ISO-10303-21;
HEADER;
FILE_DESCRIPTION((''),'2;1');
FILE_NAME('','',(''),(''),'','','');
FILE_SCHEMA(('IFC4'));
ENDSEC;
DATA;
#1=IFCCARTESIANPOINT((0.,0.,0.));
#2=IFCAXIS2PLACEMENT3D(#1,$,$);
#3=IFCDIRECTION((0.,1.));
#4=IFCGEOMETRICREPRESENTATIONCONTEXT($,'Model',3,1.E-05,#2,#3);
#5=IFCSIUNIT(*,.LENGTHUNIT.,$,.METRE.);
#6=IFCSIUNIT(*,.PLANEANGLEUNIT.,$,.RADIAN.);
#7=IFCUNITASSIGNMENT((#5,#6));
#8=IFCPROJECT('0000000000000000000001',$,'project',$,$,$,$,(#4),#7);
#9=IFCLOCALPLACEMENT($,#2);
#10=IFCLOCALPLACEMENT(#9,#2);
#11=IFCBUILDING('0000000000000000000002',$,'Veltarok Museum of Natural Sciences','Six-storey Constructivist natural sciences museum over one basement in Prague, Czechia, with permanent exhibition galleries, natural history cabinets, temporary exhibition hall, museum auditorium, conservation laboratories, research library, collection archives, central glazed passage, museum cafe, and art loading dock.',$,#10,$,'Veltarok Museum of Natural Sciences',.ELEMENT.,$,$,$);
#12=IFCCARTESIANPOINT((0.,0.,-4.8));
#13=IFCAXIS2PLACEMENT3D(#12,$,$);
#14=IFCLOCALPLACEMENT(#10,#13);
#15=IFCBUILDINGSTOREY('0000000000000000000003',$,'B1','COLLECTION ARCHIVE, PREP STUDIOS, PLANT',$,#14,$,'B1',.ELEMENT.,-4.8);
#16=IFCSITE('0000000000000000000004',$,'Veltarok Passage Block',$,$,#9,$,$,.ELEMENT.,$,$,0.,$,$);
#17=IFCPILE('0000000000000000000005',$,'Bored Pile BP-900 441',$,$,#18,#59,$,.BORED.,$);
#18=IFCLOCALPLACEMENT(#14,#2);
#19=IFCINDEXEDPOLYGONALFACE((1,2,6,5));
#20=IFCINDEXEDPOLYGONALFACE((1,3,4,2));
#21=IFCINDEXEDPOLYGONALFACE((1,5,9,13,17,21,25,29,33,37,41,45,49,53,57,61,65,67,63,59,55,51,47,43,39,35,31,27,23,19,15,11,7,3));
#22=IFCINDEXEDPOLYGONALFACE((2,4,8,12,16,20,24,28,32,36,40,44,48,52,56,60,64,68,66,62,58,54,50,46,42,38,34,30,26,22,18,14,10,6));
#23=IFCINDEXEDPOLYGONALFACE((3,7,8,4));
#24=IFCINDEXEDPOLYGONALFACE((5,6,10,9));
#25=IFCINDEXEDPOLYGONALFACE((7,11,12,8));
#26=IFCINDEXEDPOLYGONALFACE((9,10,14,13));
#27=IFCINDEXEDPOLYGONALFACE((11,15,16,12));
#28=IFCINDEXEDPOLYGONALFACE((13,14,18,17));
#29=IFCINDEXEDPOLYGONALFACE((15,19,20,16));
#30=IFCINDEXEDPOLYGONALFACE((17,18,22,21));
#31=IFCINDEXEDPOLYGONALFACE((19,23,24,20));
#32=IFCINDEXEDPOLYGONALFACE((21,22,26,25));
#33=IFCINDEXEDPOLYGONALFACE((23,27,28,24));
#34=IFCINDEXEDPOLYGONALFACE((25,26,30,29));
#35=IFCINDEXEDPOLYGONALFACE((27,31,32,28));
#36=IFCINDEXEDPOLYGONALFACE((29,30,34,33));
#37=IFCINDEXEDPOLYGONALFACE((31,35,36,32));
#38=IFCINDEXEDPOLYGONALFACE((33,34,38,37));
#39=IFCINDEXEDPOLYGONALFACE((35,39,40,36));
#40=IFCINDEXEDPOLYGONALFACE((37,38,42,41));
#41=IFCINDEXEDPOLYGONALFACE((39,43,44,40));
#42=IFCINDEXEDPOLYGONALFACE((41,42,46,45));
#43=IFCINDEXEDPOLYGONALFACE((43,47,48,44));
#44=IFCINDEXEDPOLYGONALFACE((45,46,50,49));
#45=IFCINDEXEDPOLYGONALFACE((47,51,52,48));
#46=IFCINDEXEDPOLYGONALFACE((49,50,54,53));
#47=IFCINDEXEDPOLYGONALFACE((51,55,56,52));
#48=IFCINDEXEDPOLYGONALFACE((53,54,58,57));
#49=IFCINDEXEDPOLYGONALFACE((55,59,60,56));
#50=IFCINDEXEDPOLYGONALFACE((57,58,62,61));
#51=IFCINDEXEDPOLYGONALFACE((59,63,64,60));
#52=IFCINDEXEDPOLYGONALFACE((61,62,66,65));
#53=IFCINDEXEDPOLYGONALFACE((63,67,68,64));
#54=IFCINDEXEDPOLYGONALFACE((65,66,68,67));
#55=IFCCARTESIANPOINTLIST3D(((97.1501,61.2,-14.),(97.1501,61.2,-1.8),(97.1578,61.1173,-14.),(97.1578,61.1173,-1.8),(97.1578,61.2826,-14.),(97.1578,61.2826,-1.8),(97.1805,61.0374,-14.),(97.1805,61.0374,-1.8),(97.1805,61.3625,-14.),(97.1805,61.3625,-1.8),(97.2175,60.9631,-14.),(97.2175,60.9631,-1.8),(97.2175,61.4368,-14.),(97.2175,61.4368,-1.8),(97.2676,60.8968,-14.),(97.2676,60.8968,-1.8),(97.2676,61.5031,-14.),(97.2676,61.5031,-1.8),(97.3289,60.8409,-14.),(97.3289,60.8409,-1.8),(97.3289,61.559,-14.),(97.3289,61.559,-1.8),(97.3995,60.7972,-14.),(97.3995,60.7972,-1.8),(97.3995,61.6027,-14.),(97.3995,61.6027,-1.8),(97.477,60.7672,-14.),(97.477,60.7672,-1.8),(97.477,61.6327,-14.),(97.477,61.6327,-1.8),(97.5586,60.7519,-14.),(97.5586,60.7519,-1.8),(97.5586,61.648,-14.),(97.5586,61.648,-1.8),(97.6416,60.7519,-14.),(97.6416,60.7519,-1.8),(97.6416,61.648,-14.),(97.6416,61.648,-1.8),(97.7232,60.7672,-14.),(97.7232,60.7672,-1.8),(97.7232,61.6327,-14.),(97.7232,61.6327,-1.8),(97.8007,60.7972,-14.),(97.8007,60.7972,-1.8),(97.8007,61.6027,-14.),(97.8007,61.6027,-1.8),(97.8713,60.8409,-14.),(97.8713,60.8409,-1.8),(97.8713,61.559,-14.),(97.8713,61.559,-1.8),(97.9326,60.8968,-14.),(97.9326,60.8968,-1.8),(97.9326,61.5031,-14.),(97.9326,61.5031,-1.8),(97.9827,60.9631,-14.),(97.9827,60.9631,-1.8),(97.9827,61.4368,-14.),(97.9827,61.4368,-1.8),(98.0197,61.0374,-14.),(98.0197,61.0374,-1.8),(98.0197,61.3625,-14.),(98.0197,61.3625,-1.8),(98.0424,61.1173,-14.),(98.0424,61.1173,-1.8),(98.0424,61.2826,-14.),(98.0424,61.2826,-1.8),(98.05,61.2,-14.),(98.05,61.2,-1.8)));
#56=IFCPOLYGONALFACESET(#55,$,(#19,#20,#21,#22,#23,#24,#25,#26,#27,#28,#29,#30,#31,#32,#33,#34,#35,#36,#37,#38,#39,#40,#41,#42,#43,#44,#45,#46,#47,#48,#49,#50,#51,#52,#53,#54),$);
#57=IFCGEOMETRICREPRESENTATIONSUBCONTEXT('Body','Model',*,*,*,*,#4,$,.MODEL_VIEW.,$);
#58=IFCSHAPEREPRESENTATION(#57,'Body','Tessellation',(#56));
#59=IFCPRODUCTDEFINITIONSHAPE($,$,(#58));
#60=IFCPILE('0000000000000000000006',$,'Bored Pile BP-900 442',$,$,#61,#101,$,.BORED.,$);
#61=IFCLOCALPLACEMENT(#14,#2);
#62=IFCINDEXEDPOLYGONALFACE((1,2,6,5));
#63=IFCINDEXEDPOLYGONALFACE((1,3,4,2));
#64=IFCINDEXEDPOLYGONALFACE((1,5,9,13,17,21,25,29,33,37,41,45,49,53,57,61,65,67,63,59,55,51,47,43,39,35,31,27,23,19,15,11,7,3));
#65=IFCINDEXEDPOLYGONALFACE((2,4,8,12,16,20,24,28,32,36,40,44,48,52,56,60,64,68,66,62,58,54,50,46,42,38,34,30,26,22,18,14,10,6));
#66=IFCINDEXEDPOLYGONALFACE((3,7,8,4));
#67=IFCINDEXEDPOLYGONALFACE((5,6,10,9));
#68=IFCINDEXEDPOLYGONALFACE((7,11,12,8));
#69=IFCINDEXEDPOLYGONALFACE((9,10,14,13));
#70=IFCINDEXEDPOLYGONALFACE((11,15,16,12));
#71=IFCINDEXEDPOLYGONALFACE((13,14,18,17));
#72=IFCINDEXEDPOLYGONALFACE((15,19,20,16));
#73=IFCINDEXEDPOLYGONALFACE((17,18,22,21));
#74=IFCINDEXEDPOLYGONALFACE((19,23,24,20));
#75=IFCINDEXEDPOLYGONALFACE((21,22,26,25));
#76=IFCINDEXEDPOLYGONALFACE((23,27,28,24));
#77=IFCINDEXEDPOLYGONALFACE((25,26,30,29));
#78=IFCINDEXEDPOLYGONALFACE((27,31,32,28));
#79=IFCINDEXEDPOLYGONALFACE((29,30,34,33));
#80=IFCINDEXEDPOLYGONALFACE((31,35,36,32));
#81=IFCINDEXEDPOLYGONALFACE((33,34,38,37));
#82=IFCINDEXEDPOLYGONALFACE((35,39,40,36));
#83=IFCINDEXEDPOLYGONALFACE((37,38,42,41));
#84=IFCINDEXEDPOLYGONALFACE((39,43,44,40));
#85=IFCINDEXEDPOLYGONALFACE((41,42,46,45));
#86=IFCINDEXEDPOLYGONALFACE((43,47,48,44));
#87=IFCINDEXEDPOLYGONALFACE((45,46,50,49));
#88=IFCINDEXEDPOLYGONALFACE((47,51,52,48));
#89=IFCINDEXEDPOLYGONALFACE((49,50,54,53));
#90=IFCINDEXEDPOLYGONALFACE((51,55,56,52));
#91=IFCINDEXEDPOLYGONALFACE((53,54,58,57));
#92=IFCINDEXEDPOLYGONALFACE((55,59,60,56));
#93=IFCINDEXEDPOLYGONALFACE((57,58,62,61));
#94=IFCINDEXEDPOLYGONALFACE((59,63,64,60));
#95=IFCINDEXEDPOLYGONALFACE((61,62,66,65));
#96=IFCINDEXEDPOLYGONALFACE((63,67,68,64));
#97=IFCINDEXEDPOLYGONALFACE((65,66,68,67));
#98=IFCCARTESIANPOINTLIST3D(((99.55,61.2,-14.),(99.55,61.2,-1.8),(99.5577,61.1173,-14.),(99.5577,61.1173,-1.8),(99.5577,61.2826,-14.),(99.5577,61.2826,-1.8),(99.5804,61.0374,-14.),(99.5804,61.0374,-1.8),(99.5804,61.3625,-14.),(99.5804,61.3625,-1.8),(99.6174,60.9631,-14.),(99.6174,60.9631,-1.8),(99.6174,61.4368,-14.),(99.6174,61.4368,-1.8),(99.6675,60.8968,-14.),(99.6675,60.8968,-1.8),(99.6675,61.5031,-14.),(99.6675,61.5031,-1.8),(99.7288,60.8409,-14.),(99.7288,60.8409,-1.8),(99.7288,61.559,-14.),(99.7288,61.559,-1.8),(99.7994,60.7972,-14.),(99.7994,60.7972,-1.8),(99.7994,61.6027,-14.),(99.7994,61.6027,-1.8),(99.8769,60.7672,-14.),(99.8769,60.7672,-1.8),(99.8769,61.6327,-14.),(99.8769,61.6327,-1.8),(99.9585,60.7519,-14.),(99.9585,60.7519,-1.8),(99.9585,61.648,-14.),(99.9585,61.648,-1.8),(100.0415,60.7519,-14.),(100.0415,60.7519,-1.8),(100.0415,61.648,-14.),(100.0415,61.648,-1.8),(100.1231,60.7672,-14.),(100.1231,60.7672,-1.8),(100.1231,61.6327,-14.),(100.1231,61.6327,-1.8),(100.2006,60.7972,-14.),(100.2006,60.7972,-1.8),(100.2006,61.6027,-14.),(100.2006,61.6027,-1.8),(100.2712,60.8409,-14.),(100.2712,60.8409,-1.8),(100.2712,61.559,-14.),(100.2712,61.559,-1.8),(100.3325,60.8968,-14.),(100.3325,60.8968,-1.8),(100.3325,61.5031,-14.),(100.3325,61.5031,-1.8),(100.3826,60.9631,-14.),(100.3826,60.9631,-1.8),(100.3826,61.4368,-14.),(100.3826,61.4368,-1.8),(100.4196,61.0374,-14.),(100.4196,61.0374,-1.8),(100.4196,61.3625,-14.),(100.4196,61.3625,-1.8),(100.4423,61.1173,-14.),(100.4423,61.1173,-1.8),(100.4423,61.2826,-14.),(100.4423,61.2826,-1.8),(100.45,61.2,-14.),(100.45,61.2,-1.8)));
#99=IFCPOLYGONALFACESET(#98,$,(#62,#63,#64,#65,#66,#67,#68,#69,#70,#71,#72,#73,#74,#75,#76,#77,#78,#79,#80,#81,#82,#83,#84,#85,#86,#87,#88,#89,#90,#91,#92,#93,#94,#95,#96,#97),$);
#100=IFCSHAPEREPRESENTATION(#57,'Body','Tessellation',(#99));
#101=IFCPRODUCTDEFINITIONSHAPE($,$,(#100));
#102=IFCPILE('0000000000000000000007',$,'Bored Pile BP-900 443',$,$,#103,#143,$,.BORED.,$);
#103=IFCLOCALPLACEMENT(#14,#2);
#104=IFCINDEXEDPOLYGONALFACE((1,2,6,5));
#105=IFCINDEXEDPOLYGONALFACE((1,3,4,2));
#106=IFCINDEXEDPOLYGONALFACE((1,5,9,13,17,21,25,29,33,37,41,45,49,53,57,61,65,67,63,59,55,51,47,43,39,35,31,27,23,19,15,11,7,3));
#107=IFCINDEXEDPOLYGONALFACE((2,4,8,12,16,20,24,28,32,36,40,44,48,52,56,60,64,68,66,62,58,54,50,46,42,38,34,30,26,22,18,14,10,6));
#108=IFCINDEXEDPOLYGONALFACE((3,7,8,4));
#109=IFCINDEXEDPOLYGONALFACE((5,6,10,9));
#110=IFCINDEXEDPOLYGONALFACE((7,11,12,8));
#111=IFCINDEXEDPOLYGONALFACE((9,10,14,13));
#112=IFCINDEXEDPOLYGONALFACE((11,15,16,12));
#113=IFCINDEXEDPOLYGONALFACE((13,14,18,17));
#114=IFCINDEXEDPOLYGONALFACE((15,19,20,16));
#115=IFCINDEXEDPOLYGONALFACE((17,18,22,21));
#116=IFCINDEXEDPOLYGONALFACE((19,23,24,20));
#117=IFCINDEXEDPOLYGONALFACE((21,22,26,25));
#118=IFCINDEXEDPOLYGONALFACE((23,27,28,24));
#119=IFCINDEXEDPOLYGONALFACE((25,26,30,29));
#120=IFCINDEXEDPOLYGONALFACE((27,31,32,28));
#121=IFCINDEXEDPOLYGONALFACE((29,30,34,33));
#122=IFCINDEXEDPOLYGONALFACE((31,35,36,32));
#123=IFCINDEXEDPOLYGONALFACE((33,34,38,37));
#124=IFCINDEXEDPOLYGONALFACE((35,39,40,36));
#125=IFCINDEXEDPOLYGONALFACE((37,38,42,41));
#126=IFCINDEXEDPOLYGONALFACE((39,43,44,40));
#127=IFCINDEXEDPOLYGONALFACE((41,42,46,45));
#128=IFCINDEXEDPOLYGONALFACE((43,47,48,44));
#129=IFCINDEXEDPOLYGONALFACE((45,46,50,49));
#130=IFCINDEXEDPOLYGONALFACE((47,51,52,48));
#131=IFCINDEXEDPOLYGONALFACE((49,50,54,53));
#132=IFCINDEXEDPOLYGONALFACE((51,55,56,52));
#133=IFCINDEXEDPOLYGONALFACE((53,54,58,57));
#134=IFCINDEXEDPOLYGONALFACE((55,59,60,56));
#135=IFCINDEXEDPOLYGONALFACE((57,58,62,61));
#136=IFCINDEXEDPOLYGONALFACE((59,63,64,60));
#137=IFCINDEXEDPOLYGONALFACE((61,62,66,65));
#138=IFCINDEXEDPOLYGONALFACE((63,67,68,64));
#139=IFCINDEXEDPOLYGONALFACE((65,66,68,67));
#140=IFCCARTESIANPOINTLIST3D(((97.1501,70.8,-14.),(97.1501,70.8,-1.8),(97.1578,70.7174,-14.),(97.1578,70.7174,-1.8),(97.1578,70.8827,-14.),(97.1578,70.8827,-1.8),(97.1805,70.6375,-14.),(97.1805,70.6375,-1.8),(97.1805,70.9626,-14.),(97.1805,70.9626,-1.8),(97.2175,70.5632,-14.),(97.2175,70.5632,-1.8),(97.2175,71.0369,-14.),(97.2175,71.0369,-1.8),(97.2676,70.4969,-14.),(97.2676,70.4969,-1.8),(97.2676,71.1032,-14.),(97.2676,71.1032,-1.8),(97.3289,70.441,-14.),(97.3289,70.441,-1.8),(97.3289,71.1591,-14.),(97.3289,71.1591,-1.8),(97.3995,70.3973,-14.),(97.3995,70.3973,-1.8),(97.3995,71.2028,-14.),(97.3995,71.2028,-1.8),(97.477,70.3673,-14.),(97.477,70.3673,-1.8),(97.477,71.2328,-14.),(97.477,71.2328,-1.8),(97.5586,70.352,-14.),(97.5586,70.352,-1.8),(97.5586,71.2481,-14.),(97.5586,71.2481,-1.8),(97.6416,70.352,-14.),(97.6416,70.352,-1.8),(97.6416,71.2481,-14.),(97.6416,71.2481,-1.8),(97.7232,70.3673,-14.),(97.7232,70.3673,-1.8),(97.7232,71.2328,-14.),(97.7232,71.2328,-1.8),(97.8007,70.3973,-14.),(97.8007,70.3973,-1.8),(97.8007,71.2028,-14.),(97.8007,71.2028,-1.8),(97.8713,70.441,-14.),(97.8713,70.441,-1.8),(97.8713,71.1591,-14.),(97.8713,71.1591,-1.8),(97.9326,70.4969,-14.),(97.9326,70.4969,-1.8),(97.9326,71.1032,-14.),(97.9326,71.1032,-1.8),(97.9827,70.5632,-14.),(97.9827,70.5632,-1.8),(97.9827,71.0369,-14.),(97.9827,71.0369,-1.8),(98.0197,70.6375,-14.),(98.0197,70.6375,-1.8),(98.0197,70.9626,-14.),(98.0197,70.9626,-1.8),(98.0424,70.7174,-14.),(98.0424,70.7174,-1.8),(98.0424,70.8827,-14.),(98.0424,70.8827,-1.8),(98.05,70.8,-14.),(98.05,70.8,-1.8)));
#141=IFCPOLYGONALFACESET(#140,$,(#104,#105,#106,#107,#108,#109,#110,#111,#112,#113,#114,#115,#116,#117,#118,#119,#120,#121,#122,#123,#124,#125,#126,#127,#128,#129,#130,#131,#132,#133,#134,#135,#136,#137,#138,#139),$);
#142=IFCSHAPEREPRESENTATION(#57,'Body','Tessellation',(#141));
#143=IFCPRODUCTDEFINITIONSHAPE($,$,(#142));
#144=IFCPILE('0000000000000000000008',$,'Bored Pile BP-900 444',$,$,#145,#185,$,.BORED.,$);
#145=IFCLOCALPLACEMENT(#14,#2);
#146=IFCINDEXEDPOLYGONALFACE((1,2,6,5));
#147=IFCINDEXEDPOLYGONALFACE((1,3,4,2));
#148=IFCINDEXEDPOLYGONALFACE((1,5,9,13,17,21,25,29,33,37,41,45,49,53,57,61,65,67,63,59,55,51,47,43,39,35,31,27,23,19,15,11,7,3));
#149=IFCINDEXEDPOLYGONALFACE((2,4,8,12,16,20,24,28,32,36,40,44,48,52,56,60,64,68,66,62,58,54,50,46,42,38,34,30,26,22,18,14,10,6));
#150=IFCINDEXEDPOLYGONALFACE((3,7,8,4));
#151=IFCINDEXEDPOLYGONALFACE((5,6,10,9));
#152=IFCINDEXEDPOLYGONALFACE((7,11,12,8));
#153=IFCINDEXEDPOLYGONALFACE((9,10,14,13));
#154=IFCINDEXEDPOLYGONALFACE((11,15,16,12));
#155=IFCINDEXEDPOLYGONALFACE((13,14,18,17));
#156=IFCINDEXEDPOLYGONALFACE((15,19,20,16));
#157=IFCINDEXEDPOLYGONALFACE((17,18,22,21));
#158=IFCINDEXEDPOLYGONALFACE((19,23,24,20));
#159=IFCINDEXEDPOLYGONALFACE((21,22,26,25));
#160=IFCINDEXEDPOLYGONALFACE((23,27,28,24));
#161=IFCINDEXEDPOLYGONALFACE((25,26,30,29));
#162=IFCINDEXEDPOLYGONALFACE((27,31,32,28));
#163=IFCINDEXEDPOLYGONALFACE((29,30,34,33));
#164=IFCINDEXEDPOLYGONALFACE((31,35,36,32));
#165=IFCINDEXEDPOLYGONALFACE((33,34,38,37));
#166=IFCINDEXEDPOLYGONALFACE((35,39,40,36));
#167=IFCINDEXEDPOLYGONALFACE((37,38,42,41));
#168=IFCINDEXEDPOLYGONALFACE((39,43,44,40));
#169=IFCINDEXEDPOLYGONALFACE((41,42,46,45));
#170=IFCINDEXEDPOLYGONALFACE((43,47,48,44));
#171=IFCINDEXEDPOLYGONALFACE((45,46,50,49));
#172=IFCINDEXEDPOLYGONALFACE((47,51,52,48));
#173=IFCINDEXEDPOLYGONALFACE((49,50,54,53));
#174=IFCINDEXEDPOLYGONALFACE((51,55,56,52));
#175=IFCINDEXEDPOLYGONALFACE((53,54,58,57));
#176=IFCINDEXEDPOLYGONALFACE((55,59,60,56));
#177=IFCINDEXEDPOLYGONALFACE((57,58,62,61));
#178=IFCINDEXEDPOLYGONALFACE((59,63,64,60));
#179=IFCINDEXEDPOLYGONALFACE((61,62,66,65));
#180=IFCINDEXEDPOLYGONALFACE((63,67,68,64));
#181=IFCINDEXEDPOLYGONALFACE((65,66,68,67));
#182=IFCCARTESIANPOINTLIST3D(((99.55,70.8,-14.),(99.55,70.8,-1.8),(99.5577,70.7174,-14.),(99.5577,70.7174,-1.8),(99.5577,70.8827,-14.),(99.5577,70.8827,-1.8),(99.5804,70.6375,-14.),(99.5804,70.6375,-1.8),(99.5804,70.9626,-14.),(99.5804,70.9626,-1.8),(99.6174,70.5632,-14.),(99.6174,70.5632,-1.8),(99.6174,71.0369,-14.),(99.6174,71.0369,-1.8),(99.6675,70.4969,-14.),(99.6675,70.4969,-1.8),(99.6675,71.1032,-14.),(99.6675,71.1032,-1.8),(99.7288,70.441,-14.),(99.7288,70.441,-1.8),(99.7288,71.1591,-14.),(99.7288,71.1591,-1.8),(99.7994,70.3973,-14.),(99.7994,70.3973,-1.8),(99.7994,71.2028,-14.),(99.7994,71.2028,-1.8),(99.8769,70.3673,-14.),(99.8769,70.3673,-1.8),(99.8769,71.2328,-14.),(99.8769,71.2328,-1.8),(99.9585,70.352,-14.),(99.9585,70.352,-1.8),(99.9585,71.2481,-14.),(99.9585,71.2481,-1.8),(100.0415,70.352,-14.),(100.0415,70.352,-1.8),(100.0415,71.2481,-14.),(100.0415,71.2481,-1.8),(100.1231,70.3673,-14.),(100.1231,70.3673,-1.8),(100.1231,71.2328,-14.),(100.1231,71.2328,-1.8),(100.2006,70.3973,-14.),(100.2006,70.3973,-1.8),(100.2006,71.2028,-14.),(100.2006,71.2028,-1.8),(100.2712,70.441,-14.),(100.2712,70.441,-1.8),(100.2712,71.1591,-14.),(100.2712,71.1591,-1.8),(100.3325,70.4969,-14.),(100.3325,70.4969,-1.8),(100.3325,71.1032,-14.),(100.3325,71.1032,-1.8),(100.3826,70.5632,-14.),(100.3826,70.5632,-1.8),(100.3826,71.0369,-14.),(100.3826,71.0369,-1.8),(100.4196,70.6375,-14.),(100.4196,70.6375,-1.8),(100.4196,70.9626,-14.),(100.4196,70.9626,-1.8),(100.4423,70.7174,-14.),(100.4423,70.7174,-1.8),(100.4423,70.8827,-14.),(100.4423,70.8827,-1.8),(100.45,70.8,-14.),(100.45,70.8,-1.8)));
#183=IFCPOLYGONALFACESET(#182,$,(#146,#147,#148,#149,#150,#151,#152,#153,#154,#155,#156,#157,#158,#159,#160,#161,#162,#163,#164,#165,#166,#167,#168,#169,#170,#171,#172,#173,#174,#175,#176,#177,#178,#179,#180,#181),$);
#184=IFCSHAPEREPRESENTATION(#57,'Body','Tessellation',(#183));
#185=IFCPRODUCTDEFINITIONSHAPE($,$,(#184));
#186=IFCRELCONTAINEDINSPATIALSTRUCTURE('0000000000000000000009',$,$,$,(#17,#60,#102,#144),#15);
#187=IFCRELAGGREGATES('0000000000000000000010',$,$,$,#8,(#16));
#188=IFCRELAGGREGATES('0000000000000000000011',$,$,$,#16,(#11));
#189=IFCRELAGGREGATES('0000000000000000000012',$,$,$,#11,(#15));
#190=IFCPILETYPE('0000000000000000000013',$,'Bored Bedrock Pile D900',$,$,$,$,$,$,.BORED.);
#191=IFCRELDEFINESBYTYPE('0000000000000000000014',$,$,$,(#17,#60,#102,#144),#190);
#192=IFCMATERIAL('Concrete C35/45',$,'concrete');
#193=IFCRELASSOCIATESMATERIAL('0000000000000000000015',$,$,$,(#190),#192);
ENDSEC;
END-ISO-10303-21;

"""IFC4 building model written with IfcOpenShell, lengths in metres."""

from ifc_helpers import new_model, si_unit, direction, frame, origin, origin_2d, place, context, subcontext, project, spatial, circle, extrude, material, material_profile, profile_set, type_object, element, save


model = new_model("IFC4")

# Units and contexts
model_context = context("Model", 3, precision=1e-05, world=origin(), true_north=direction((0.0, 1.0)))
body_context = subcontext(model_context, "Body", "Model", "MODEL_VIEW")
ifc_project = project(units=[si_unit("LENGTHUNIT", "METRE"), si_unit("PLANEANGLEUNIT", "RADIAN")], contexts=[model_context])

# Site, building, storey
site_placement = place(None, origin())
site = spatial("IfcSite", under=ifc_project, at=site_placement, Name="Veltarok Passage Block", CompositionType="ELEMENT", RefElevation=0.0)
building_placement = place(site_placement, origin())
building = spatial("IfcBuilding", under=site, at=building_placement, Name="Veltarok Museum of Natural Sciences", Description="Six-storey Constructivist natural sciences museum over one basement in Prague, Czechia, with permanent exhibition galleries, natural history cabinets, temporary exhibition hall, museum auditorium, conservation laboratories, research library, collection archives, central glazed passage, museum cafe, and art loading dock.", LongName="Veltarok Museum of Natural Sciences", CompositionType="ELEMENT")
storey_placement = place(building_placement, frame((0.0, 0.0, -4.8)))
storey = spatial("IfcBuildingStorey", under=building, at=storey_placement, Name="B1", Description="COLLECTION ARCHIVE, PREP STUDIOS, PLANT", LongName="B1", CompositionType="ELEMENT", Elevation=-4.8)

# Piles
ifc_material_1 = material(Name="Concrete C35/45", Category="concrete")
ifc_material_profile_1 = material_profile(ifc_material_1, circle(Radius=0.45, at=origin_2d()), Name="BP D900")
ifc_profile_set_1 = profile_set([ifc_material_profile_1], Name="Concrete C35/45")
pile_type = type_object("IfcPileType", Name="Bored Bedrock Pile D900", PredefinedType="BORED", material=ifc_profile_set_1)
for number, where, z_axis, x_axis, name in (
    (1, (97.6001, 61.2, -1.8), (0.0, 0.0, -1.0), (1.0, 0.0, 0.0), "Bored Pile BP-900 441"),
    (2, (100.0, 61.2, -1.8), (0.0, 0.0, -1.0), (1.0, 0.0, 0.0), "Bored Pile BP-900 442"),
    (3, (97.6001, 70.8, -1.8), (0.0, 0.0, -1.0), (1.0, 0.0, 0.0), "Bored Pile BP-900 443"),
    (4, (100.0, 70.8, -1.8), (0.0, 0.0, -1.0), (1.0, 0.0, 0.0), "Bored Pile BP-900 444"),
):
    element("IfcPile", number, at=place(storey_placement, frame(where, z_axis=z_axis, x_axis=x_axis)), inside=storey, type_object=pile_type, Name=name, PredefinedType="BORED", context=body_context, shape_type="SweptSolid", body=[
        extrude(circle(Radius=0.45, at=origin_2d()), origin(), (0.0, 0.0, 1.0), 12.2),
    ])

save(model, "model.ifc")
